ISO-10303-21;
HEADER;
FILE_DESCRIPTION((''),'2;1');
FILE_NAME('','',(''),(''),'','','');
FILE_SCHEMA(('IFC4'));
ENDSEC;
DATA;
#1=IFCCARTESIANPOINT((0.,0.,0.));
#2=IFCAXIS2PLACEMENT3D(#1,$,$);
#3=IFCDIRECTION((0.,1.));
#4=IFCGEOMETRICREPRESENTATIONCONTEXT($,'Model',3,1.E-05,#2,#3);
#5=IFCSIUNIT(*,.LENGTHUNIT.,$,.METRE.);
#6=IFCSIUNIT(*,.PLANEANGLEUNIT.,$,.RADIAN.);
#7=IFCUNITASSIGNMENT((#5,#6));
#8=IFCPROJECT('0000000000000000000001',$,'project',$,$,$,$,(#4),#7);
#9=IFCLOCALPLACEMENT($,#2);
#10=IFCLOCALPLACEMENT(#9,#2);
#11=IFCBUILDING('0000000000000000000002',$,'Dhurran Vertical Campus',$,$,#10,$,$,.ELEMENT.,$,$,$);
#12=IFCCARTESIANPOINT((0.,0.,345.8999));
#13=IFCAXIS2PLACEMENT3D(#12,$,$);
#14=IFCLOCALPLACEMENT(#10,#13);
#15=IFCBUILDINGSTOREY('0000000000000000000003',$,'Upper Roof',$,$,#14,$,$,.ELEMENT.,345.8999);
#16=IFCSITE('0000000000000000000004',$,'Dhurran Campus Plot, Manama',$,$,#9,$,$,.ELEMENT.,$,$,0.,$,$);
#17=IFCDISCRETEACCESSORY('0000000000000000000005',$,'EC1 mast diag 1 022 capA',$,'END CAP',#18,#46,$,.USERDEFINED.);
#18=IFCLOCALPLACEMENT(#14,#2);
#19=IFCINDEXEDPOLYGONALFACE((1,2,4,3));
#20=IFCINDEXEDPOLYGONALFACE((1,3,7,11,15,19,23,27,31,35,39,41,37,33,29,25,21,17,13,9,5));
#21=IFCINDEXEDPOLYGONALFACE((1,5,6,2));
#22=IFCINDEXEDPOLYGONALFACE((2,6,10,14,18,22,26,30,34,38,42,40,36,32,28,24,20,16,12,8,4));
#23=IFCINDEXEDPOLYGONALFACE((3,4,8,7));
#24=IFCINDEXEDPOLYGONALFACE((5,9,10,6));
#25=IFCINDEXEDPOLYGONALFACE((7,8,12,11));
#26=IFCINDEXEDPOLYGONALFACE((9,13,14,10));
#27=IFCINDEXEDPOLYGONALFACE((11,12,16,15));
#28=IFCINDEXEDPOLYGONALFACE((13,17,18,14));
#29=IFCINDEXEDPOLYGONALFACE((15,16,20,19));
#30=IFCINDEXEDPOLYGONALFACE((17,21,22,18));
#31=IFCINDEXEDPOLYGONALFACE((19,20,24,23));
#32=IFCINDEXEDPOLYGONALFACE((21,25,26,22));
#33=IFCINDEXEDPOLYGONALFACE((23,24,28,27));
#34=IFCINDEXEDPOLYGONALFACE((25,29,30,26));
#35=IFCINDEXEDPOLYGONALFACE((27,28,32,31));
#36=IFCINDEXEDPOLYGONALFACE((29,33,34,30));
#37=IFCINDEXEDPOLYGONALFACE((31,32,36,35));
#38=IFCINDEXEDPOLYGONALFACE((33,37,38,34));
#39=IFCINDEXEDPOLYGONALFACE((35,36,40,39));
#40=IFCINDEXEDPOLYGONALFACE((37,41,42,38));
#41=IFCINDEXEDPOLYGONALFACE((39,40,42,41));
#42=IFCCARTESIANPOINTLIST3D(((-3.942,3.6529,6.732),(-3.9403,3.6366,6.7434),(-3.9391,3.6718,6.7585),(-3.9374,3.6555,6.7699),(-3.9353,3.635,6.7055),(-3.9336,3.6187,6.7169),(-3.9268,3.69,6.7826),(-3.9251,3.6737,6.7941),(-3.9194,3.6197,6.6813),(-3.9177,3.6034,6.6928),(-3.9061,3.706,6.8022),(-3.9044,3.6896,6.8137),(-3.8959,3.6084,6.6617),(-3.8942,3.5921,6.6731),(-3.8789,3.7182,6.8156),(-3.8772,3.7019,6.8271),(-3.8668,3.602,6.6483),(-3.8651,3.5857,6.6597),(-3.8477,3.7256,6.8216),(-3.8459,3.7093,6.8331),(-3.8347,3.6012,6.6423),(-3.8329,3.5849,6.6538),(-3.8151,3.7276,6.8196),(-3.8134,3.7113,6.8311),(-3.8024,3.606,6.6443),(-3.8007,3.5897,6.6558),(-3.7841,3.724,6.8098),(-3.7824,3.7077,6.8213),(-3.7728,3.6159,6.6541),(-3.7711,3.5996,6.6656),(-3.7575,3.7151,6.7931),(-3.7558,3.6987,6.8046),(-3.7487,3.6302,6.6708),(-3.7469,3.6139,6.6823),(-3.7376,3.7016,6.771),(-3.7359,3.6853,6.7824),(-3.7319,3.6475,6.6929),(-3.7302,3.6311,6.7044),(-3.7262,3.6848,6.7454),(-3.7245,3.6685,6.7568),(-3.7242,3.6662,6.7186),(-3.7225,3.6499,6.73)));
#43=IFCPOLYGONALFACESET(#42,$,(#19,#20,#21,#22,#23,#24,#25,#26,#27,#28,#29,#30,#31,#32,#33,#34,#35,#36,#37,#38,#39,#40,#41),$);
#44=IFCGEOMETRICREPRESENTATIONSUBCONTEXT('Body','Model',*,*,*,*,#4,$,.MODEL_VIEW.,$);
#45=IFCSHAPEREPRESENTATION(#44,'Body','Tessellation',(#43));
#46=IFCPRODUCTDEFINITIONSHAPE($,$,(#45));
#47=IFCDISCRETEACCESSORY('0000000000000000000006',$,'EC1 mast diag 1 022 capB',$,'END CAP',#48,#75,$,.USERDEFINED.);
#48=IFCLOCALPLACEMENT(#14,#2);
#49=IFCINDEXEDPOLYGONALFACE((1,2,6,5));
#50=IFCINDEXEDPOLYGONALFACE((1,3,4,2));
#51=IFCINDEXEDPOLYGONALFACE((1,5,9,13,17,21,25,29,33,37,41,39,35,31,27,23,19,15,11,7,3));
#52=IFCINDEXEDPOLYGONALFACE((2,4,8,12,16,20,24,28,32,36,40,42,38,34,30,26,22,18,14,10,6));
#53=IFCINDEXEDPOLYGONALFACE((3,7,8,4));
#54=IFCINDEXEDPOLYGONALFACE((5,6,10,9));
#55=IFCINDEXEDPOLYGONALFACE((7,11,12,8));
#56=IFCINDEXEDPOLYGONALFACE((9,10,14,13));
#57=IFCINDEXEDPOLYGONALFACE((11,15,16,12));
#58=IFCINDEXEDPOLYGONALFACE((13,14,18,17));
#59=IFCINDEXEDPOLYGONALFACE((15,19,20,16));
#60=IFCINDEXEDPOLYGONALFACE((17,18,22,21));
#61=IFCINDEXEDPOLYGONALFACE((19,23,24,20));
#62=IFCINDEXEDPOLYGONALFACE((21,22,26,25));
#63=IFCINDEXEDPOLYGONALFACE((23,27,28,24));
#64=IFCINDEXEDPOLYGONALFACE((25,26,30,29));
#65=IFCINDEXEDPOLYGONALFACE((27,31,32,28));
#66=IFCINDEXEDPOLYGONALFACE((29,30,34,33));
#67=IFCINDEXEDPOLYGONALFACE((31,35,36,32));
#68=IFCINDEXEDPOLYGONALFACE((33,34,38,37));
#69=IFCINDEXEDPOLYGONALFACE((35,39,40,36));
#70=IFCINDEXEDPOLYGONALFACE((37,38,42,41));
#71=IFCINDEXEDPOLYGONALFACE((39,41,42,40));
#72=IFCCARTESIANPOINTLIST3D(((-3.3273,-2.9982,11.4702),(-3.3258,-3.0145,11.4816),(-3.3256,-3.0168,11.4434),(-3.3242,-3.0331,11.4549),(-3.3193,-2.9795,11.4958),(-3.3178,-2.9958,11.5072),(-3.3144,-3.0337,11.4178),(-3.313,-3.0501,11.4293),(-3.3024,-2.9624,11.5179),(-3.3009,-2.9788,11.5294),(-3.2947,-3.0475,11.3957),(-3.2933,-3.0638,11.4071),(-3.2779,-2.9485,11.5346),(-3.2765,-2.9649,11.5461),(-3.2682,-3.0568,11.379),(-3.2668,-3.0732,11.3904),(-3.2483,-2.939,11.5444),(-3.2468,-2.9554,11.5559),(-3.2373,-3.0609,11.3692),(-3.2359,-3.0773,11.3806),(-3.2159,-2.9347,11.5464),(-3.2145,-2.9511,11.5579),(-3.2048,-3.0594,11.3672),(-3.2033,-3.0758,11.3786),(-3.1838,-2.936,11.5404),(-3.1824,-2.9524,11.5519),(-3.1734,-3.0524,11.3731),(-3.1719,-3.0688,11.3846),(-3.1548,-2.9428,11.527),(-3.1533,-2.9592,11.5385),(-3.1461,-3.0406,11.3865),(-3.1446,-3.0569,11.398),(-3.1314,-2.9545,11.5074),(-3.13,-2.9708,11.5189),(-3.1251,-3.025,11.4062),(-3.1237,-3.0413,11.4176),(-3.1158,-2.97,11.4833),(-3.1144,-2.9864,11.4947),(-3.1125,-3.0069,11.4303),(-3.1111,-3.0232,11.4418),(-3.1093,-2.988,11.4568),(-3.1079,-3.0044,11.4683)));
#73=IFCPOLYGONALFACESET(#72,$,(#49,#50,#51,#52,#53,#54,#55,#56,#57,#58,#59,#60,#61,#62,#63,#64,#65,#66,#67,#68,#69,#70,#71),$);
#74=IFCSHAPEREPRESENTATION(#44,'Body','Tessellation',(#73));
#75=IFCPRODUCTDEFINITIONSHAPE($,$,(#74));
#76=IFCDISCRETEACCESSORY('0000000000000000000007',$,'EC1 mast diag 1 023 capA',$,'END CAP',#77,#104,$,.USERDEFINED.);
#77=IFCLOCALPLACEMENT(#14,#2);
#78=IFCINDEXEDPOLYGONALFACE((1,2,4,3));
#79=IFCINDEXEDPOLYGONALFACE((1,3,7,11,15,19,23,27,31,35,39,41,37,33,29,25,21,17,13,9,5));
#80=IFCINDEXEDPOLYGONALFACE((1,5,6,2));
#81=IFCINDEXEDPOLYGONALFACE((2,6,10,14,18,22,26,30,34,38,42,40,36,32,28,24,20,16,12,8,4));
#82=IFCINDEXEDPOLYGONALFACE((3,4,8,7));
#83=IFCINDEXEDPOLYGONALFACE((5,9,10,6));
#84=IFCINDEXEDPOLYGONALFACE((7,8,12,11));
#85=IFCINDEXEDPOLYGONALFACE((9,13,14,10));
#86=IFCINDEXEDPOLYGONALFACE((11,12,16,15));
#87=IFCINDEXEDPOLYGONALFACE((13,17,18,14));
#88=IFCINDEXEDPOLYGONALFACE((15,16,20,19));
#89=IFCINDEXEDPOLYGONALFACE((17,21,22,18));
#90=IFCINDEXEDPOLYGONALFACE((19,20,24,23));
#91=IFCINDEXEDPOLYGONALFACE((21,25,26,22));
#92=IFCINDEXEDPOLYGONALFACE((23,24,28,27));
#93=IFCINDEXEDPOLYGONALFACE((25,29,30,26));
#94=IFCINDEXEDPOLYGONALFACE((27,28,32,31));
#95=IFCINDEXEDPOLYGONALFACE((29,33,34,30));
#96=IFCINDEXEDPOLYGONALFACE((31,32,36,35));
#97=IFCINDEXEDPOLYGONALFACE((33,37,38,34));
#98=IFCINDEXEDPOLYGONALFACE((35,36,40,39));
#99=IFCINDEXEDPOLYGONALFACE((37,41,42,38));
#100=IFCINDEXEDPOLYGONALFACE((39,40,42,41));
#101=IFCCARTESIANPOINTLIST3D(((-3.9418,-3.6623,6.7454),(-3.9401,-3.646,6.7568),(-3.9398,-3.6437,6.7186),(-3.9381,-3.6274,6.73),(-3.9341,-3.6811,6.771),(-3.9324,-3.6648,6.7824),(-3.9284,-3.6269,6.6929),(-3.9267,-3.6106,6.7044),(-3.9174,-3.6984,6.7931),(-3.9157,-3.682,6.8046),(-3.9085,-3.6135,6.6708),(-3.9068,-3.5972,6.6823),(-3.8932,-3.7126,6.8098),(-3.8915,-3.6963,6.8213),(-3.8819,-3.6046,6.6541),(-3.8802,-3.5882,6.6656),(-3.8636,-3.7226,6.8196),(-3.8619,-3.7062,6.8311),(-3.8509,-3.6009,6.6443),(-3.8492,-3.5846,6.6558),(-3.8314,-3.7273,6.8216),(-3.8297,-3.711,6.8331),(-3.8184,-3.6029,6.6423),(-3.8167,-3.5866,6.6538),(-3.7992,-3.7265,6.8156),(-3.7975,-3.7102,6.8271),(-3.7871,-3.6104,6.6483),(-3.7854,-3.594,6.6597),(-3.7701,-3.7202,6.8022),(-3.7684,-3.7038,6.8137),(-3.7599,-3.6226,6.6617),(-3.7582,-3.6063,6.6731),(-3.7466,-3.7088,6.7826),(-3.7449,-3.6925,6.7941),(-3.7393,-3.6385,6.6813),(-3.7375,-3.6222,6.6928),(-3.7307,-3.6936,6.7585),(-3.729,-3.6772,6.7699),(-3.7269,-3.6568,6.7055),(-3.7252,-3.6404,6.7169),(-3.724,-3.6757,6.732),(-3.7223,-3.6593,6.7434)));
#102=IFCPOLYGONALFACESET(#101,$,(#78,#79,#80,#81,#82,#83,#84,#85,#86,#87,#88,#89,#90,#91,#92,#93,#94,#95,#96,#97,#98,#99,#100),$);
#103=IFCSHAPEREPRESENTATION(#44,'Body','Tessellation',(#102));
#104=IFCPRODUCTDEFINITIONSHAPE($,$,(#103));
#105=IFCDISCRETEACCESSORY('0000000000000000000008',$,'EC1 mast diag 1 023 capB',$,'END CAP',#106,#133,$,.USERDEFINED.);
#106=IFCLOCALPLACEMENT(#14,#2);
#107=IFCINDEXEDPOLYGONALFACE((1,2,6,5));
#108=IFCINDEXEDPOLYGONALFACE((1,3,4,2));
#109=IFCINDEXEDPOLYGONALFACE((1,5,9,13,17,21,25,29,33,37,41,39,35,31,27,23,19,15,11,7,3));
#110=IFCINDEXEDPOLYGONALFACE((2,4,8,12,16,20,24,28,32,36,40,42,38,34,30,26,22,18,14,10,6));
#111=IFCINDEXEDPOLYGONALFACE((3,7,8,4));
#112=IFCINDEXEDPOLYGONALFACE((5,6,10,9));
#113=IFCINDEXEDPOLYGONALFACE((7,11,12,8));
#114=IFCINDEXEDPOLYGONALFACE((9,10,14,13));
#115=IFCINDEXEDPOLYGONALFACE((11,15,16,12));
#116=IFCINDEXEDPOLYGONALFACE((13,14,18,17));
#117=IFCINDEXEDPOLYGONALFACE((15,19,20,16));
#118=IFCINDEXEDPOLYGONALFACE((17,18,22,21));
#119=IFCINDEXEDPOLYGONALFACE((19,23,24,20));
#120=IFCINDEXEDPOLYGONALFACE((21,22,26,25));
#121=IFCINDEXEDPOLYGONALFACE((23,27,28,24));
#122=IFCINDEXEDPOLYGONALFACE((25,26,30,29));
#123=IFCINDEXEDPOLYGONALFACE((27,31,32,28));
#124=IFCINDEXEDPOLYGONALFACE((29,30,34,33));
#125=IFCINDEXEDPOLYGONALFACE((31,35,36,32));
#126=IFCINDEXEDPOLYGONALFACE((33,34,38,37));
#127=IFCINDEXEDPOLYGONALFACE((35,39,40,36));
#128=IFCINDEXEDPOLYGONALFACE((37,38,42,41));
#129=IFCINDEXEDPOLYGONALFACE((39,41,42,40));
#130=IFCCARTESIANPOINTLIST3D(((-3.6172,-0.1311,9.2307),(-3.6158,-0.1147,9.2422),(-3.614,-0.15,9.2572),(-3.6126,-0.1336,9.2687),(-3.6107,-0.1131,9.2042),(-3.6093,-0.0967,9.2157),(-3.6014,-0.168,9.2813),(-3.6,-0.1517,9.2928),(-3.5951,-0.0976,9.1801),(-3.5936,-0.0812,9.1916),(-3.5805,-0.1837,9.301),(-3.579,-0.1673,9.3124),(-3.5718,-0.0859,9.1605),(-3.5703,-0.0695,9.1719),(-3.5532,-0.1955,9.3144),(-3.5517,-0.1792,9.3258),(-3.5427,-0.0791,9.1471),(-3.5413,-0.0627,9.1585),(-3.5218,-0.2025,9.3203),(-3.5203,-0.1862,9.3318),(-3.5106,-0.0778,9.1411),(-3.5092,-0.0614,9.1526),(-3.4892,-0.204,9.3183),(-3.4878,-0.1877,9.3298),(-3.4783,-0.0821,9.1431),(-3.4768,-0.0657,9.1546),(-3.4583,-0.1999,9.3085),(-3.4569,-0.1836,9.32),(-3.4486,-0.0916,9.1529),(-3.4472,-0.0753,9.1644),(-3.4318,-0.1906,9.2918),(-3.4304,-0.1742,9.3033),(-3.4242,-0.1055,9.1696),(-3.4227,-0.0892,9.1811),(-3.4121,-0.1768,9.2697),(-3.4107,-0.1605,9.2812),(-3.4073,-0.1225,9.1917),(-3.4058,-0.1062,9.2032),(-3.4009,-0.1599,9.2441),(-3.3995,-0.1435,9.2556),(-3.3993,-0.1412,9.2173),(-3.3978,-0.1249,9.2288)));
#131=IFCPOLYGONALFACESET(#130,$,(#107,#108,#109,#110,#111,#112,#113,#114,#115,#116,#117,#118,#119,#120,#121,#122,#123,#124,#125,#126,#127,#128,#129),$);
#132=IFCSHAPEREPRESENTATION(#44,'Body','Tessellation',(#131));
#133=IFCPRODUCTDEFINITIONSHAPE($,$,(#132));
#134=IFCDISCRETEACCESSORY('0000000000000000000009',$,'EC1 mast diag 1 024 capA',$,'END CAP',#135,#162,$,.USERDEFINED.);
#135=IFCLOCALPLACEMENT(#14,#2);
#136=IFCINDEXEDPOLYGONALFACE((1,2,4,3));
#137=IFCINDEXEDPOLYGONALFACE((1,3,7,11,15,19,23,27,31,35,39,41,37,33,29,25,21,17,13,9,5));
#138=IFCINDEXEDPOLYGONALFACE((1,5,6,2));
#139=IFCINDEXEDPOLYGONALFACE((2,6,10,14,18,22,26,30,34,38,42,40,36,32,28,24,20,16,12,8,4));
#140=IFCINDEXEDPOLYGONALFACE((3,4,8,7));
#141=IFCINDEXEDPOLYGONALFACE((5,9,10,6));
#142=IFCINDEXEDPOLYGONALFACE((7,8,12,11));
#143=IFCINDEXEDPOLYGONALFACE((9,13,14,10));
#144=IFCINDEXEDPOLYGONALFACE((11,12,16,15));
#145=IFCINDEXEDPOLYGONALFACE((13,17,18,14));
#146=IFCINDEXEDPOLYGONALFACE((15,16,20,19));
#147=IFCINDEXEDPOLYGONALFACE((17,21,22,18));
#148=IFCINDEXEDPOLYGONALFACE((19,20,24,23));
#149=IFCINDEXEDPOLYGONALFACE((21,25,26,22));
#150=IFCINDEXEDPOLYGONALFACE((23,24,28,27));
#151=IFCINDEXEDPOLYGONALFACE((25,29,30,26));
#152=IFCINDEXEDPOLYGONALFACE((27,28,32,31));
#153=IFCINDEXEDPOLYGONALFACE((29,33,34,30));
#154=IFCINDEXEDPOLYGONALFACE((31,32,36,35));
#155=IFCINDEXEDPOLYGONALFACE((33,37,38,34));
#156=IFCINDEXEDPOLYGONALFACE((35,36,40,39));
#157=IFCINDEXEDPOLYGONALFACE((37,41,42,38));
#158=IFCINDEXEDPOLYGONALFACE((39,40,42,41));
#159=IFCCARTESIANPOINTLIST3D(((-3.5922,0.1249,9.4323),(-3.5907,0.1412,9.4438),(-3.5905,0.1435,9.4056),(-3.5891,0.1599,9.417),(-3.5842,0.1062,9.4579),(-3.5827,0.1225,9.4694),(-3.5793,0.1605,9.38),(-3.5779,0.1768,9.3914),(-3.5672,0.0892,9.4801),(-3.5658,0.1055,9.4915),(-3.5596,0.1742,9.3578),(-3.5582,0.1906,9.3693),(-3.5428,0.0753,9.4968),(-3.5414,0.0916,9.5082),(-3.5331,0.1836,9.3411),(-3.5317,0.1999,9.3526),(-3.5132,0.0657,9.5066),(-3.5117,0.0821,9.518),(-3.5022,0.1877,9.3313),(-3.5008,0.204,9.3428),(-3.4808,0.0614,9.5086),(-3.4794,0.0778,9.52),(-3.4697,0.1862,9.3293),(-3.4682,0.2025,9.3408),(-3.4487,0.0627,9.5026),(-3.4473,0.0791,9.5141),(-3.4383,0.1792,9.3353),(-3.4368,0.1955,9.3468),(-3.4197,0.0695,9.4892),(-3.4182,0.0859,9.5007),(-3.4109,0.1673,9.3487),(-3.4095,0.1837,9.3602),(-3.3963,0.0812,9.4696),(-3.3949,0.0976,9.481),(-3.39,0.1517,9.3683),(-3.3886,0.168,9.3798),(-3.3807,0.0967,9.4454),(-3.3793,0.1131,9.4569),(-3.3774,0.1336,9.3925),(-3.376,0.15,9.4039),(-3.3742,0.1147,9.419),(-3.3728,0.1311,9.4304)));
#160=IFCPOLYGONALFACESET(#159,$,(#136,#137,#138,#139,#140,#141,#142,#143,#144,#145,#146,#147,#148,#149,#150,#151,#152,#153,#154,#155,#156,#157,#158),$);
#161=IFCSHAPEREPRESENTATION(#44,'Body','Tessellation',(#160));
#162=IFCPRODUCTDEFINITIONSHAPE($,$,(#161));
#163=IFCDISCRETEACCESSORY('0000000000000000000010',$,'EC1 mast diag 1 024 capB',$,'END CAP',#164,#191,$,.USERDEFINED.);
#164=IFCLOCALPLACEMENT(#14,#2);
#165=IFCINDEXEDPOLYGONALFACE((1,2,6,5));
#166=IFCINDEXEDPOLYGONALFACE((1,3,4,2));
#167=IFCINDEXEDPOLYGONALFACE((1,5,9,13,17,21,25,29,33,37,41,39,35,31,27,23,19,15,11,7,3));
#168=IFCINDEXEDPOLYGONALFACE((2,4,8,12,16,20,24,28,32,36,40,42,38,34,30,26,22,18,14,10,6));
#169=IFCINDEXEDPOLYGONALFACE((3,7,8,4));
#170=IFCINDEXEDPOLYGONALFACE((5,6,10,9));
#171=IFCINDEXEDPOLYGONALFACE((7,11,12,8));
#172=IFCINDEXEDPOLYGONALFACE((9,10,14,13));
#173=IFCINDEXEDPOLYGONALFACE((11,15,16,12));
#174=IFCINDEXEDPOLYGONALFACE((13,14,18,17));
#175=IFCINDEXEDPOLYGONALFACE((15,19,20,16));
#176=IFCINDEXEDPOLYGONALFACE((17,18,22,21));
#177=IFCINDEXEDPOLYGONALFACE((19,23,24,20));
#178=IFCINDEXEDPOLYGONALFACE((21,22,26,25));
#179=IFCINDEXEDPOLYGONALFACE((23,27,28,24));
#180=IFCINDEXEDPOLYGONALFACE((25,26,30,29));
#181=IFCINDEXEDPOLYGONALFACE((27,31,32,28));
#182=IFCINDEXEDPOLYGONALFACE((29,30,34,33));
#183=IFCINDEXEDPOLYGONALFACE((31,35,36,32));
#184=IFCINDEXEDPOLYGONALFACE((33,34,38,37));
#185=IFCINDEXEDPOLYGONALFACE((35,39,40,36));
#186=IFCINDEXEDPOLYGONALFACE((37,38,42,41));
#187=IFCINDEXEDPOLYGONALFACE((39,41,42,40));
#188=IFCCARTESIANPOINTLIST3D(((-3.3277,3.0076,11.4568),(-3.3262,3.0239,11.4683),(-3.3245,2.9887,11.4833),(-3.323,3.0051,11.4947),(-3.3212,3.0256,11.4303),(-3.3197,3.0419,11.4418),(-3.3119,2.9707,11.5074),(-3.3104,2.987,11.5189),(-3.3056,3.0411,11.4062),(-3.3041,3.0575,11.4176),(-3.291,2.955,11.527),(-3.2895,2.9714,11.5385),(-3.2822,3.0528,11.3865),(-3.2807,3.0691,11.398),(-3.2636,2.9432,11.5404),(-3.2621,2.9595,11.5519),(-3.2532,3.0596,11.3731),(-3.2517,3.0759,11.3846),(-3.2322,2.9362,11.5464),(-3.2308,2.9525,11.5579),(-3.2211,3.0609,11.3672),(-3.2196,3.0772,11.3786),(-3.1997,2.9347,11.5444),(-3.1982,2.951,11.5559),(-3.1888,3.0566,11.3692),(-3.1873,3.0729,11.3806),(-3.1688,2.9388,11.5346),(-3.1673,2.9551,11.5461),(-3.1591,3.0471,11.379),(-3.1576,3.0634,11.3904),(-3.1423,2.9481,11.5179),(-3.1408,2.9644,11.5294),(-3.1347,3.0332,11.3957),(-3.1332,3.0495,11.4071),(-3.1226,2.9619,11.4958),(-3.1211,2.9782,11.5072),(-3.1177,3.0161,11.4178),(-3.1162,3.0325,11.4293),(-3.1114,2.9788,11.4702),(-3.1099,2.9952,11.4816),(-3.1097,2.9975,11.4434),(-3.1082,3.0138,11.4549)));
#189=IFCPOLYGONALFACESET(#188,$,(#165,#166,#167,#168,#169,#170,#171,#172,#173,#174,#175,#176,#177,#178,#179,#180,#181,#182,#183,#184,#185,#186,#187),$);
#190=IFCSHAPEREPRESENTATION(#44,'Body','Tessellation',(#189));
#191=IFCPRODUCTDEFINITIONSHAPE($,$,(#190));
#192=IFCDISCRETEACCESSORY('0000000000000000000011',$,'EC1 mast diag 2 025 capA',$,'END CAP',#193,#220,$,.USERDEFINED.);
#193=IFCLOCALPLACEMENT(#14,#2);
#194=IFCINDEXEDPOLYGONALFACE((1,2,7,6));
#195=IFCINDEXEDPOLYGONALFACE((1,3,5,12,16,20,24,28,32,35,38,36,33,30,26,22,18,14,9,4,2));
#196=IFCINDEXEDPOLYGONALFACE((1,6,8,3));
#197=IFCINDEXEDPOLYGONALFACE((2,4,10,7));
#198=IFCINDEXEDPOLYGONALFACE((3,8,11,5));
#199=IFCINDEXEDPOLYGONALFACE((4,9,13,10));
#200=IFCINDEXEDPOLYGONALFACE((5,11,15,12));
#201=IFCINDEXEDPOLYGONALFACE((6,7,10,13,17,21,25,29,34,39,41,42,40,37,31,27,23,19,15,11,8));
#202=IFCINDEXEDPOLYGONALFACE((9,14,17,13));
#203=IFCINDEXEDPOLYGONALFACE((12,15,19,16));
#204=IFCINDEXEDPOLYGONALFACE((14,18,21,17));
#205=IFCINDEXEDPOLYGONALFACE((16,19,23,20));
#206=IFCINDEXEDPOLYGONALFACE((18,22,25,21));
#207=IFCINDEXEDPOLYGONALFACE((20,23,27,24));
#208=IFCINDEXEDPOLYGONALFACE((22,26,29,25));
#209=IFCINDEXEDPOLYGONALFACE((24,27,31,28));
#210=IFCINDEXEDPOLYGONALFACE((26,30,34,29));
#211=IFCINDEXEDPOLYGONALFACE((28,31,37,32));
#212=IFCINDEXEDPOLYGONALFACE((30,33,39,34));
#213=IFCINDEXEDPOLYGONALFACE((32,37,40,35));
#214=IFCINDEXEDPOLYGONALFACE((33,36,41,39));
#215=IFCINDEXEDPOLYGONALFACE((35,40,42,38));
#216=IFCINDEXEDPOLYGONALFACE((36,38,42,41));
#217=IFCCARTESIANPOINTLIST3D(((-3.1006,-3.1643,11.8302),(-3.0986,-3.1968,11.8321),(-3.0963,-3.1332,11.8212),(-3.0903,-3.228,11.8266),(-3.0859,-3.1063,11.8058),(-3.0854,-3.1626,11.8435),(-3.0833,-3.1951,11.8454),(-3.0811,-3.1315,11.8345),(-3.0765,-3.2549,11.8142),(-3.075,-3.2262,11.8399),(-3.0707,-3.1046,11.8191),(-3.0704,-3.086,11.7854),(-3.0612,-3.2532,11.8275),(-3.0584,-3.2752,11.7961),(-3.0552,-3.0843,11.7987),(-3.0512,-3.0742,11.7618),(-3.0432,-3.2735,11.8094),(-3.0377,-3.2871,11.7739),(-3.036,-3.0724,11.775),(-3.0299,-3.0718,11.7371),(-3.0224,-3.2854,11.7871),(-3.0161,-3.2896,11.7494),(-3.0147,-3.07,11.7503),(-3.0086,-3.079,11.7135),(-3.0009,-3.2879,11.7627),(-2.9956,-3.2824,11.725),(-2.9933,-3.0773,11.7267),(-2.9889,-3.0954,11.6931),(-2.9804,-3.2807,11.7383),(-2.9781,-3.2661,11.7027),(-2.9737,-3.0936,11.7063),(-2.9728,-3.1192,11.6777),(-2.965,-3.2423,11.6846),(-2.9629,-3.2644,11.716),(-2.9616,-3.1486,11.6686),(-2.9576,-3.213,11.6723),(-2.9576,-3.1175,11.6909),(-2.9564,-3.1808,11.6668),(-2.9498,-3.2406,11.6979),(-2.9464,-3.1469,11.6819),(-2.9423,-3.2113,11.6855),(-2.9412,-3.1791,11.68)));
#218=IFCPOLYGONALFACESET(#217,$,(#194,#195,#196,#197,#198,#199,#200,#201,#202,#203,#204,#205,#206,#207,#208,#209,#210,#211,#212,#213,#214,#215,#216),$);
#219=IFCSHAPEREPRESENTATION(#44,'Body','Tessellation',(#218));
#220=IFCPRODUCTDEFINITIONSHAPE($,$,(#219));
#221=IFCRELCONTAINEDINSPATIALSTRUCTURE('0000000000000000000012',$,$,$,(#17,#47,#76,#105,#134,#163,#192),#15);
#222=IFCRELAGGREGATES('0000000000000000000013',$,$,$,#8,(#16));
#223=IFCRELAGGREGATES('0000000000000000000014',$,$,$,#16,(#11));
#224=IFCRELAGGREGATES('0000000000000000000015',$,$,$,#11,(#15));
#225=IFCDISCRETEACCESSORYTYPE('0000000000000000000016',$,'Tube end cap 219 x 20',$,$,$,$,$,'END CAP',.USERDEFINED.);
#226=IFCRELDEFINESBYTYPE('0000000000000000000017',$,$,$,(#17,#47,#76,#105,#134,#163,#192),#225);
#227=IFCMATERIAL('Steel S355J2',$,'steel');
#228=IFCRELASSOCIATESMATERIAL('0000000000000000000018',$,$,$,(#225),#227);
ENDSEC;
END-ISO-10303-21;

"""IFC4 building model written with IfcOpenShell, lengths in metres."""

from ifc_helpers import new_model, si_unit, direction, frame, origin, origin_2d, place, context, subcontext, project, spatial, circle, extrude, material, material_profile, profile_set, type_object, element, save


model = new_model("IFC4")

# Units and contexts
model_context = context("Model", 3, precision=1e-05, world=origin(), true_north=direction((0.0, 1.0)))
body_context = subcontext(model_context, "Body", "Model", "MODEL_VIEW")
ifc_project = project(units=[si_unit("LENGTHUNIT", "METRE"), si_unit("PLANEANGLEUNIT", "RADIAN")], contexts=[model_context])

# Site, building, storey
site_placement = place(None, origin())
site = spatial("IfcSite", under=ifc_project, at=site_placement, Name="Dhurran Campus Plot, Manama", CompositionType="ELEMENT", RefElevation=0.0)
building_placement = place(site_placement, origin())
building = spatial("IfcBuilding", under=site, at=building_placement, Name="Dhurran Vertical Campus", CompositionType="ELEMENT")
storey_placement = place(building_placement, frame((0.0, 0.0, 345.8999)))
storey = spatial("IfcBuildingStorey", under=building, at=storey_placement, Name="Upper Roof", CompositionType="ELEMENT", Elevation=345.8999)

# Discrete accessories
ifc_material_1 = material(Name="Steel S355J2", Category="steel")
ifc_material_profile_1 = material_profile(ifc_material_1, circle(Radius=0.1096, at=origin_2d()), Name="Tube end cap 219 x 20")
ifc_profile_set_1 = profile_set([ifc_material_profile_1], Name="Steel S355J2")
discrete_accessory_type = type_object("IfcDiscreteAccessoryType", Name="Tube end cap 219 x 20", ElementType="END CAP", PredefinedType="USERDEFINED", material=ifc_profile_set_1)
for number, where, z_axis, x_axis, name in (
    (1, (-3.8313, 3.6479, 6.7434), (-0.08522, 0.815679, -0.572193), (-0.994586, -0.103912, 0.0), "EC1 mast diag 1 022 capA"),
    (2, (-3.2185, -2.9978, 11.4568), (0.073116, -0.816466, 0.572745), (0.996014, 0.089195, 0.0), "EC1 mast diag 1 022 capB"),
    (3, (-3.8313, -3.6479, 6.7434), (-0.08522, -0.815679, -0.572193), (0.994586, -0.103912, 0.0), "EC1 mast diag 1 023 capA"),
    (4, (-3.5081, -0.1409, 9.2307), (0.073116, 0.816466, 0.572745), (-0.996014, 0.089195, 0.0), "EC1 mast diag 1 023 capB"),
    (5, (-3.4819, 0.1409, 9.4304), (-0.073116, -0.816466, -0.572745), (0.996014, -0.089195, 0.0), "EC1 mast diag 1 024 capA"),
    (6, (-3.2185, 2.9978, 11.4568), (0.073116, 0.816466, 0.572745), (-0.996014, 0.089195, 0.0), "EC1 mast diag 1 024 capB"),
):
    element("IfcDiscreteAccessory", number, at=place(storey_placement, frame(where, z_axis=z_axis, x_axis=x_axis)), inside=storey, type_object=discrete_accessory_type, Name=name, ObjectType="END CAP", PredefinedType="USERDEFINED", context=body_context, shape_type="SweptSolid", body=[
        extrude(circle(Radius=0.1096, at=origin_2d()), origin(), (0.0, 0.0, 1.0), 0.02),
    ])
for number, where, z_axis, x_axis, name in (
    (7, (-3.0132, -3.179, 11.7627), (-0.751363, -0.084831, -0.654413), (0.11219, -0.993687, 0.0), "EC1 mast diag 2 025 capA"),
):
    element("IfcDiscreteAccessory", number, at=place(storey_placement, frame(where, z_axis=z_axis, x_axis=x_axis)), inside=storey, type_object=discrete_accessory_type, Name=name, ObjectType="END CAP", PredefinedType="USERDEFINED", context=body_context, shape_type="SweptSolid", body=[
        extrude(circle(Radius=0.1096, at=origin_2d()), origin(), (0.0, 0.0, 1.0), 0.0203),
    ])

save(model, "model.ifc")
